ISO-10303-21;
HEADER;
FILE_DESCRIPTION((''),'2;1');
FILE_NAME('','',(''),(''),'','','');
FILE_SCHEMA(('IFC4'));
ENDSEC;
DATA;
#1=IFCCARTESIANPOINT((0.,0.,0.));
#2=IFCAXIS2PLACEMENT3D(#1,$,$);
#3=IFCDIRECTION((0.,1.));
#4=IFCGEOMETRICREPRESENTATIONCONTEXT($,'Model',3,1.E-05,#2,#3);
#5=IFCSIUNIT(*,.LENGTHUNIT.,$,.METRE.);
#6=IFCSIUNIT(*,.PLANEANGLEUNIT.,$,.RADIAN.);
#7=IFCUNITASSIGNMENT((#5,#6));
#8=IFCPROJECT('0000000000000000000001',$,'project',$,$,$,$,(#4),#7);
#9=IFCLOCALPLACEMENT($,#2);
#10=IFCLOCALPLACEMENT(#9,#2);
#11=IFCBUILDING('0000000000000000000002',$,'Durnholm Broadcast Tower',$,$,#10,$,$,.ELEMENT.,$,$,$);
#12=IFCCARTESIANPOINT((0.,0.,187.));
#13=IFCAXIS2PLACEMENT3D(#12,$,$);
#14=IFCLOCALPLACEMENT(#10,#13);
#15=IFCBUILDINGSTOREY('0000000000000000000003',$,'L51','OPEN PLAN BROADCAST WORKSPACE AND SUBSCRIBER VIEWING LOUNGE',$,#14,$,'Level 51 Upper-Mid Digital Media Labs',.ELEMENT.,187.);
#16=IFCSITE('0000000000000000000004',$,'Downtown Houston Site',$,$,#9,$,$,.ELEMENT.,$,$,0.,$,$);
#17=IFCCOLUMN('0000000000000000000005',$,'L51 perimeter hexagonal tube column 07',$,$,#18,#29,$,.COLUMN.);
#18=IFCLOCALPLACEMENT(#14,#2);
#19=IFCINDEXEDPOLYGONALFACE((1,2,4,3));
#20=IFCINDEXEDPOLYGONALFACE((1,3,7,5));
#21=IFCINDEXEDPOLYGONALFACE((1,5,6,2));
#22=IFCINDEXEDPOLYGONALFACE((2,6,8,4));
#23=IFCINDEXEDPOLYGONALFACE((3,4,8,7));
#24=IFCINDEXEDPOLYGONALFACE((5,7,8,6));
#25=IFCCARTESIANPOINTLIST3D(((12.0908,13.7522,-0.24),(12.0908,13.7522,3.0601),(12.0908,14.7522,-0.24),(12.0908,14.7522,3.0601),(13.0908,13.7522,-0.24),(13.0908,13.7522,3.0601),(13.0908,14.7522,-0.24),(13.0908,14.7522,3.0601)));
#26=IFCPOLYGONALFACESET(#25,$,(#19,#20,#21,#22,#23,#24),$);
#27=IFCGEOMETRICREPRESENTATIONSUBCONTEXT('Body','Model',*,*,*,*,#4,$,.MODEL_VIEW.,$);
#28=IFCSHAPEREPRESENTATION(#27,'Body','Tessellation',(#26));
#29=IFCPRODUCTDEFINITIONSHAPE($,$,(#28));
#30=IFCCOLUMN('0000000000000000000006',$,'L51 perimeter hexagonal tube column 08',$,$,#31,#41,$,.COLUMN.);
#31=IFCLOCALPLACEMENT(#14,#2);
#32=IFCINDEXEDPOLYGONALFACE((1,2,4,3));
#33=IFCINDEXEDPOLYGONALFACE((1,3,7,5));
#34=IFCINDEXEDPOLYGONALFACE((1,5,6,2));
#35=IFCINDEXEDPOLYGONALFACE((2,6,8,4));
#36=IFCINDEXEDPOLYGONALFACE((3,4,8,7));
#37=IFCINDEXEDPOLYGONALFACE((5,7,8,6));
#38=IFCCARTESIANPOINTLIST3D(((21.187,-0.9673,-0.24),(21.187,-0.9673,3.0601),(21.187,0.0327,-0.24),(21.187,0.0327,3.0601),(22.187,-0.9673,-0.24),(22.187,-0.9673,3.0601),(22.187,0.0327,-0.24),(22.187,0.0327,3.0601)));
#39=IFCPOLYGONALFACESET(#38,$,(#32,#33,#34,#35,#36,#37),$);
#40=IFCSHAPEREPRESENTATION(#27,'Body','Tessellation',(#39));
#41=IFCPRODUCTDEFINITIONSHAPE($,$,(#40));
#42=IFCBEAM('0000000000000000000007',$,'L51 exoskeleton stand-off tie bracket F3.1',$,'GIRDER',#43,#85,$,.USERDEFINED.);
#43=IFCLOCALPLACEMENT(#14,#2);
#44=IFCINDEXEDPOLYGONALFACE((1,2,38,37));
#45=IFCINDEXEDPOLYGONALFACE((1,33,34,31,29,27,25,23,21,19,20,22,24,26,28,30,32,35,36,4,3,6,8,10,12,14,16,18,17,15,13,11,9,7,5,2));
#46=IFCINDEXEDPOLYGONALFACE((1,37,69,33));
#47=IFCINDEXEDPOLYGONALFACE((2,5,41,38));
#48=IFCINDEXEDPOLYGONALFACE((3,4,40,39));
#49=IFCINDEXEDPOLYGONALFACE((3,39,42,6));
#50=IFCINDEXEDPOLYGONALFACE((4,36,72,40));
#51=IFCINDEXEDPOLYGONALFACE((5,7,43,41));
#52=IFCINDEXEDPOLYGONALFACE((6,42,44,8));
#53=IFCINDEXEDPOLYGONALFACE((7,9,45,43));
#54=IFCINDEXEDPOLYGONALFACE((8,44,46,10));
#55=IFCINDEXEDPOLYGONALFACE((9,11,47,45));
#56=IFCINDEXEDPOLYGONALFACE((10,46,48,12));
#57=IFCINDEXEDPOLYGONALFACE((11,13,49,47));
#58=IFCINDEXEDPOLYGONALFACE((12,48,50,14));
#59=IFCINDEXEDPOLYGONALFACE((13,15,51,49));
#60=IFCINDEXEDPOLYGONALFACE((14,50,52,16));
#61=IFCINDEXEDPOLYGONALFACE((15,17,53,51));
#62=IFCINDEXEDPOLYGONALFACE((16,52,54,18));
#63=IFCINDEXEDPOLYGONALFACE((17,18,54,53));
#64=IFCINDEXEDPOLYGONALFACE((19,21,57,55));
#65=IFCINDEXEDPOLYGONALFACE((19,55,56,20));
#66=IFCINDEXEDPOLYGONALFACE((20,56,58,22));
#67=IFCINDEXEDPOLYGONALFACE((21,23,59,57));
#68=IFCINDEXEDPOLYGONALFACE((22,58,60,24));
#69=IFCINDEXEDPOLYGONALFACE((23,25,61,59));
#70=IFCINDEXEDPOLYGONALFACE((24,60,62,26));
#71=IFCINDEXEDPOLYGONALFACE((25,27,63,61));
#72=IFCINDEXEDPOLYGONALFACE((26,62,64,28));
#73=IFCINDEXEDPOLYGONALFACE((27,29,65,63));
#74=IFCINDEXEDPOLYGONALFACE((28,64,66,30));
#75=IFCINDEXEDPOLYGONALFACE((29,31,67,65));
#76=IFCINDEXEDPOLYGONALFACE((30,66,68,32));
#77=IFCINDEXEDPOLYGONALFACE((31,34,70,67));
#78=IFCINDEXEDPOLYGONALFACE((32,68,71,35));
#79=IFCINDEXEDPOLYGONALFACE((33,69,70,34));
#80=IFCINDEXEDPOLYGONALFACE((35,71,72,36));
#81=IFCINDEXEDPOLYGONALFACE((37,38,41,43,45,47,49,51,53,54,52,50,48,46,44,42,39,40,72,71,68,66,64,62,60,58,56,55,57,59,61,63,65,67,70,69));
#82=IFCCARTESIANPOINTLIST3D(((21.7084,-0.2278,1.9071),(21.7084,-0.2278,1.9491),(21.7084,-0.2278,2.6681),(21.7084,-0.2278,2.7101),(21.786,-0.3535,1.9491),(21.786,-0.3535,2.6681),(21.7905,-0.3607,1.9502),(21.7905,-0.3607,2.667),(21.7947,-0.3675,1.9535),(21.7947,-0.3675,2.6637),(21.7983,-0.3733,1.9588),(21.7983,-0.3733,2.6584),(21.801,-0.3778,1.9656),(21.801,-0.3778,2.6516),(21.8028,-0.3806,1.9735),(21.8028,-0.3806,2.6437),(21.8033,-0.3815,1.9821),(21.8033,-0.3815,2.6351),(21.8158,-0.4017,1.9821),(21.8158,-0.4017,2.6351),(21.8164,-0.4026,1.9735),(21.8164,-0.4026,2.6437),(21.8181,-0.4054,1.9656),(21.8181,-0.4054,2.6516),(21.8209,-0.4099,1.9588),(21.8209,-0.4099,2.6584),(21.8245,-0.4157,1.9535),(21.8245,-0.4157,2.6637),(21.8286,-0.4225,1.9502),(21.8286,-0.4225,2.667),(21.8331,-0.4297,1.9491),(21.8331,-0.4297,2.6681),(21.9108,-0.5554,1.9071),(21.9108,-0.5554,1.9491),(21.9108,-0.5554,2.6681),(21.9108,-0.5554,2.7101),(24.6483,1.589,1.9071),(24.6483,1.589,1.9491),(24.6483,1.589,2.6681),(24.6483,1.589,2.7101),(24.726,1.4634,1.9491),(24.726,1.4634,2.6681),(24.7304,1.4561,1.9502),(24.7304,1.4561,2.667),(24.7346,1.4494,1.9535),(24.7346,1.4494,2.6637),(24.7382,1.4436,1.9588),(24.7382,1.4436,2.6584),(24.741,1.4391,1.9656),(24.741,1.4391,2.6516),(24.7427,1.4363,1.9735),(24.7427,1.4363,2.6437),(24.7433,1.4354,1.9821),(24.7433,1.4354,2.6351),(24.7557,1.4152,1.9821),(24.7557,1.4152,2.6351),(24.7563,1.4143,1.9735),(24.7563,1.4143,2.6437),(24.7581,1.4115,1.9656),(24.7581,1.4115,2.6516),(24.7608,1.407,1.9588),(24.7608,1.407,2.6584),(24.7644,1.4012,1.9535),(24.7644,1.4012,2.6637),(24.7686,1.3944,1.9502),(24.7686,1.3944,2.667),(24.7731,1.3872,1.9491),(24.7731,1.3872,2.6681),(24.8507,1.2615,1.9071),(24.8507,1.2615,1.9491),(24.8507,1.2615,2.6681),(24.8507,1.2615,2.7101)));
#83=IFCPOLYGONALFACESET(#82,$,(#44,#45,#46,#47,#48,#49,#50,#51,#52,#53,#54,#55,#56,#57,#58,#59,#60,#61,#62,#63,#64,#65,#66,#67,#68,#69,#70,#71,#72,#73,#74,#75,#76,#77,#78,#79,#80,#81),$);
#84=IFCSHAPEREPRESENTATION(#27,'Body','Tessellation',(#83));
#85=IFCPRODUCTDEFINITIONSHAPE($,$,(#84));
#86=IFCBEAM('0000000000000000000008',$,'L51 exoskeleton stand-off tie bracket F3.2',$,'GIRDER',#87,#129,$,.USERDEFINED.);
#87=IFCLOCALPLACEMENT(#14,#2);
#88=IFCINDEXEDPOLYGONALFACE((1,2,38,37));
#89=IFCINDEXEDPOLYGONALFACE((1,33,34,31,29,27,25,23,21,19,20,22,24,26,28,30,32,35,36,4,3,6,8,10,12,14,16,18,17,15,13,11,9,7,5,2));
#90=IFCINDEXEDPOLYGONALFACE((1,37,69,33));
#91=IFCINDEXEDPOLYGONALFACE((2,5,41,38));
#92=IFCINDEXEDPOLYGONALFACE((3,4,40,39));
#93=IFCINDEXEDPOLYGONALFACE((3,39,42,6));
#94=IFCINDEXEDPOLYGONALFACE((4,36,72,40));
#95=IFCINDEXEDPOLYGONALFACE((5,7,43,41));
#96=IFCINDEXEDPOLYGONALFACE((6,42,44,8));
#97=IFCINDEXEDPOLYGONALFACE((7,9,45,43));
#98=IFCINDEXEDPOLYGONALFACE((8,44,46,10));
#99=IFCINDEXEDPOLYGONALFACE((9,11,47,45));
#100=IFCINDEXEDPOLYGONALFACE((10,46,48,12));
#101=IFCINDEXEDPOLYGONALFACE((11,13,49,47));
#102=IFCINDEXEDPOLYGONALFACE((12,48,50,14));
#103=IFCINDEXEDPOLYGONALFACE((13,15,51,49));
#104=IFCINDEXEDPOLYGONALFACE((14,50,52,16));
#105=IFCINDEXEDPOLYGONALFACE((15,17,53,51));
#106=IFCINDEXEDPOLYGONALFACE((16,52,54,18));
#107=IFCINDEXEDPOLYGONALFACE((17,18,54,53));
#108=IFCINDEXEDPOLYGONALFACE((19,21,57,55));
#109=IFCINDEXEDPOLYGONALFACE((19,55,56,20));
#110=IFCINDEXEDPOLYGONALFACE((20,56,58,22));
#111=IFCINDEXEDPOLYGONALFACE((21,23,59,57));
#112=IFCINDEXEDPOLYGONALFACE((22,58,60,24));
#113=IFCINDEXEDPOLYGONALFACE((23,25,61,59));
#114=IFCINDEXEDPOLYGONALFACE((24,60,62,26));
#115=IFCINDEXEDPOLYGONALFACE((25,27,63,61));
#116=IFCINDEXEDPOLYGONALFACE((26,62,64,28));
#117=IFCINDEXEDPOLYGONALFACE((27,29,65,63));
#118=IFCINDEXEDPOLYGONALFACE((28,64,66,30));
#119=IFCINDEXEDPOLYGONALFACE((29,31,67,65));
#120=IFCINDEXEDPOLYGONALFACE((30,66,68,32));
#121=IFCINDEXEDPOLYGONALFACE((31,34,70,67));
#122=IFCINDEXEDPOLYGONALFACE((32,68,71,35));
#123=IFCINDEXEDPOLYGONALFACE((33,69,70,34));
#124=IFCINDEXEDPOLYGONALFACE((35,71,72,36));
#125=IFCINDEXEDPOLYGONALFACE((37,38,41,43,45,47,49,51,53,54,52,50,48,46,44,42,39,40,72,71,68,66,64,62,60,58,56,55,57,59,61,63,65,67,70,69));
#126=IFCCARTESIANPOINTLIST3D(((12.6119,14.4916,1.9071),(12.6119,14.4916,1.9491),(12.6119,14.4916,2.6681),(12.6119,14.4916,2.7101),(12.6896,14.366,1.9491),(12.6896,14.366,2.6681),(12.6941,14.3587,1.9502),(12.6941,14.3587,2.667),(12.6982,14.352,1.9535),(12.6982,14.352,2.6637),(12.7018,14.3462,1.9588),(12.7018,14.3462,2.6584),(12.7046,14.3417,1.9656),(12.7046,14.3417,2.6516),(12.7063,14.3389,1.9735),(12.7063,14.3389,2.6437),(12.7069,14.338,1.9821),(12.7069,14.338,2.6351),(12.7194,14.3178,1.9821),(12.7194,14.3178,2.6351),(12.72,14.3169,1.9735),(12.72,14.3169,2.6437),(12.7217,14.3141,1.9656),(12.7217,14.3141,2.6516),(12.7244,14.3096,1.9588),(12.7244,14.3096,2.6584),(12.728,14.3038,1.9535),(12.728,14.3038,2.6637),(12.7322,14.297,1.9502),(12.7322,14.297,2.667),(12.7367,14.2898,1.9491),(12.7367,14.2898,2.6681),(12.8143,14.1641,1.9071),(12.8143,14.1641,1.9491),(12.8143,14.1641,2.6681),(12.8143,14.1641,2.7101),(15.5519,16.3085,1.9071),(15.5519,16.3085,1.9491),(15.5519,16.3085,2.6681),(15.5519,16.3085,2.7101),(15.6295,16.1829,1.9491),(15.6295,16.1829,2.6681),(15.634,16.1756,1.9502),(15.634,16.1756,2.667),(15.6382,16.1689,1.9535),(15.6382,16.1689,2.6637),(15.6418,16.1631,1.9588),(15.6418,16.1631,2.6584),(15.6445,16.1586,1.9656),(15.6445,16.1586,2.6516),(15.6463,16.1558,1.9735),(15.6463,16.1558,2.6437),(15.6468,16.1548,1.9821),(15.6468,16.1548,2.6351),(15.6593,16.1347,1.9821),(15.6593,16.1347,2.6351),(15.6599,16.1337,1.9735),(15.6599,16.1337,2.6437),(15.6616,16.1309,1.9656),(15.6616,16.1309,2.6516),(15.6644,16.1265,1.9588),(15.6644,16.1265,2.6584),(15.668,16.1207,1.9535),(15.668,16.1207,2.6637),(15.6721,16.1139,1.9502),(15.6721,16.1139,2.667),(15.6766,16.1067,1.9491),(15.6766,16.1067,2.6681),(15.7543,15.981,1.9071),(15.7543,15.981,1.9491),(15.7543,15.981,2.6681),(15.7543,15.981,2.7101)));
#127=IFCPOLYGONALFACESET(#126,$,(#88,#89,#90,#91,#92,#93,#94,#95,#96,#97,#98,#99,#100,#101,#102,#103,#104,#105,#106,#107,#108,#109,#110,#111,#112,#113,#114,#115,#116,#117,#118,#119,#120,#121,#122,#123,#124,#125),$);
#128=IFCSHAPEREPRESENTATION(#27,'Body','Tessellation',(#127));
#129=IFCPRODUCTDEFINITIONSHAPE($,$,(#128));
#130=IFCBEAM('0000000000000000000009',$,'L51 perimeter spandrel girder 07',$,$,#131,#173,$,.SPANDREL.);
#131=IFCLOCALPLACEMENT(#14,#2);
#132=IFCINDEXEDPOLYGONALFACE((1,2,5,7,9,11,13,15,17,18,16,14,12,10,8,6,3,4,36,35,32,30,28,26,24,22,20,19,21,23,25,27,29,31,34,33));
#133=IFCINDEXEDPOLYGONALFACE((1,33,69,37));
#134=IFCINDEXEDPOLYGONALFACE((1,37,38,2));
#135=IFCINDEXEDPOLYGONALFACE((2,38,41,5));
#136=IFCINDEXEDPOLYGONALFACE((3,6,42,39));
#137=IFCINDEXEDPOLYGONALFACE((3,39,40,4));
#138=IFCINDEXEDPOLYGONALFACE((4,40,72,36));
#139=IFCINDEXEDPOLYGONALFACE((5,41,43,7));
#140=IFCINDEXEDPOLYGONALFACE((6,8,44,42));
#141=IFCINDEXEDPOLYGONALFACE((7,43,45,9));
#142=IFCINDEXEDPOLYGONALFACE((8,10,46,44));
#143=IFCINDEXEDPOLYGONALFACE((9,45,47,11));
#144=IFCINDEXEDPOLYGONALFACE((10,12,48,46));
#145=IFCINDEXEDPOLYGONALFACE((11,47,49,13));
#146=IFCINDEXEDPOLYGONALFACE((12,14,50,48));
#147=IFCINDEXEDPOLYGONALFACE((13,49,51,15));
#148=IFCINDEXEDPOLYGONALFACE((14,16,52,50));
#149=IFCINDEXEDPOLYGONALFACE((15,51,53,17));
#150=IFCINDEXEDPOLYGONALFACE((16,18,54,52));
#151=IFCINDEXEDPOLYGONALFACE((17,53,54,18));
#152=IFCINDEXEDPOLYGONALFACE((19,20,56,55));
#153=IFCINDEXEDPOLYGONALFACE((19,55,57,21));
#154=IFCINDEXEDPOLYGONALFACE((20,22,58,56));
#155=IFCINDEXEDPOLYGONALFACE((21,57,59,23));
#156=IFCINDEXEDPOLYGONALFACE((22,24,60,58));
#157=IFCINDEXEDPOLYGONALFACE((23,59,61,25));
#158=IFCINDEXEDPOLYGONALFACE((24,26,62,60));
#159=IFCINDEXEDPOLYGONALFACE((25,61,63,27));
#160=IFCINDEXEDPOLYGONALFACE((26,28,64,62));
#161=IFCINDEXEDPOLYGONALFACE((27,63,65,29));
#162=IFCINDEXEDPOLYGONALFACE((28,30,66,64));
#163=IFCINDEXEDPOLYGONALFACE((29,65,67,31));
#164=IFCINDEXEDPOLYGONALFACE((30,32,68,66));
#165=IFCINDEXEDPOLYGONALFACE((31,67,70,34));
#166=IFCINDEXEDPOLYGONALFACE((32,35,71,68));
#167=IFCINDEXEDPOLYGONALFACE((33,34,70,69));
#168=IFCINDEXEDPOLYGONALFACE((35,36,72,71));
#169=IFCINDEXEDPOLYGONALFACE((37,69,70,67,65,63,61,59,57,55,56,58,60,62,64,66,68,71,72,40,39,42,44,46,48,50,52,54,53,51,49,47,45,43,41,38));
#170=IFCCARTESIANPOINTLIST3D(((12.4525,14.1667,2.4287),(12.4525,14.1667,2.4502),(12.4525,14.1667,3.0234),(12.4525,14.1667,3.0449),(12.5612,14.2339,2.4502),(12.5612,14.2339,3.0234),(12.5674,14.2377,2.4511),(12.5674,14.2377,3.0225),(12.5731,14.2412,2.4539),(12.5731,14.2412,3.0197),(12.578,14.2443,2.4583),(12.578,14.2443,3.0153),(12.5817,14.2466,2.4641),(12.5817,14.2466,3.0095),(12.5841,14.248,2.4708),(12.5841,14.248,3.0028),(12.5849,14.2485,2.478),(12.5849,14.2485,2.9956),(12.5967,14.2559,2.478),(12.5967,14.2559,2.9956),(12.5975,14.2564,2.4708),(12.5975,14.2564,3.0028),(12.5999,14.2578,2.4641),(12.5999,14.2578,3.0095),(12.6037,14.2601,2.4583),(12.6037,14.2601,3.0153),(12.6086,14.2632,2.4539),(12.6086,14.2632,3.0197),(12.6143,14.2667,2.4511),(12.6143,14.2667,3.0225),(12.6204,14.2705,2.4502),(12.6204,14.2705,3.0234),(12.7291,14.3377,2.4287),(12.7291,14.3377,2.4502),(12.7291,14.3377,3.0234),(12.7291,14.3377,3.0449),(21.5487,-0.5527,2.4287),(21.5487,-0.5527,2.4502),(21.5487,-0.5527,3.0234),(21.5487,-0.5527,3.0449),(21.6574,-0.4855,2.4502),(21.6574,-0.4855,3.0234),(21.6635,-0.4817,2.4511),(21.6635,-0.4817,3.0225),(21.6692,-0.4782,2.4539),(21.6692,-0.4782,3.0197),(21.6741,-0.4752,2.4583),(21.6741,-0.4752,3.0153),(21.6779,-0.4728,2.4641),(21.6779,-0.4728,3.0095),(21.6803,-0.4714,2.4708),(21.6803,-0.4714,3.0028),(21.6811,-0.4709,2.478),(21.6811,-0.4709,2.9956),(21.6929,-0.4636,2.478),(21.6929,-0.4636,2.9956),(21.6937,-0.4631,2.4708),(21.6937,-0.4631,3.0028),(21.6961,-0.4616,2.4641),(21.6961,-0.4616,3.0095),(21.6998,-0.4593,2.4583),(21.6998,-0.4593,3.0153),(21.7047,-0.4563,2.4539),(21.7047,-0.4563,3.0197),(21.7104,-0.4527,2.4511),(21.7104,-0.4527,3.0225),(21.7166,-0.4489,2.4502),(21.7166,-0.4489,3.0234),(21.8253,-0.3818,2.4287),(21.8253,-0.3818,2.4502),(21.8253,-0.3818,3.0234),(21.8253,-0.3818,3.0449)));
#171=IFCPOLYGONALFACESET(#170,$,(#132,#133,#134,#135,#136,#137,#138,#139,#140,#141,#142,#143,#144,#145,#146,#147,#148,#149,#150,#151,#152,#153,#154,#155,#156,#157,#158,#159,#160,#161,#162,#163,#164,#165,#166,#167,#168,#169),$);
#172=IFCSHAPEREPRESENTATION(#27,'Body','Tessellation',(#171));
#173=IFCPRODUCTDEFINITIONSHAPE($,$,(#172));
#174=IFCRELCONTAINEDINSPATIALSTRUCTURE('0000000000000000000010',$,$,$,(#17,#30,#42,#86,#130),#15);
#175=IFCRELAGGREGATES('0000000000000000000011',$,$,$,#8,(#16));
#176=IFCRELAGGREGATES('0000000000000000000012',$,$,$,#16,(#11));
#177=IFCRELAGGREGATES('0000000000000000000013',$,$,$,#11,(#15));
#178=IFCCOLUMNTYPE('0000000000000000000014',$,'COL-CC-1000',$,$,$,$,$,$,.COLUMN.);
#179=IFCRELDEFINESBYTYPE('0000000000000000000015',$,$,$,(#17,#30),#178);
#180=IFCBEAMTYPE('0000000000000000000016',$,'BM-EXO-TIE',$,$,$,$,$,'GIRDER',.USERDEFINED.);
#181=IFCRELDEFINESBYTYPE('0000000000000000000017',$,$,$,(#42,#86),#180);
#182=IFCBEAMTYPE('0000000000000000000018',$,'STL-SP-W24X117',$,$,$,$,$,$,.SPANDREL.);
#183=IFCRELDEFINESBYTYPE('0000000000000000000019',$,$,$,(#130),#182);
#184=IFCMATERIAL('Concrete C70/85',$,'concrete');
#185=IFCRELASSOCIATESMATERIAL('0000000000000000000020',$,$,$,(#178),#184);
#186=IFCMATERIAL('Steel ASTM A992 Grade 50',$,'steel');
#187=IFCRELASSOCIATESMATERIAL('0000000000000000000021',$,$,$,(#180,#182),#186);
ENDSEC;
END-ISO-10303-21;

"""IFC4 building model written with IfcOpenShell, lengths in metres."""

from ifc_helpers import new_model, si_unit, direction, frame, origin, origin_2d, place, context, subcontext, project, spatial, rectangle, i_section, extrude, source, transform, mapped, material, material_profile, profile_set, type_object, type_shapes, element, save


model = new_model("IFC4")

# Units and contexts
model_context = context("Model", 3, precision=1e-05, world=origin(), true_north=direction((0.0, 1.0)))
body_context = subcontext(model_context, "Body", "Model", "MODEL_VIEW")
ifc_project = project(units=[si_unit("LENGTHUNIT", "METRE"), si_unit("PLANEANGLEUNIT", "RADIAN")], contexts=[model_context])

# Site, building, storey
site_placement = place(None, origin())
site = spatial("IfcSite", under=ifc_project, at=site_placement, Name="Downtown Houston Site", CompositionType="ELEMENT", RefElevation=0.0)
building_placement = place(site_placement, origin())
building = spatial("IfcBuilding", under=site, at=building_placement, Name="Durnholm Broadcast Tower", CompositionType="ELEMENT")
storey_placement = place(building_placement, frame((0.0, 0.0, 187.0)))
storey = spatial("IfcBuildingStorey", under=building, at=storey_placement, Name="L51", Description="OPEN PLAN BROADCAST WORKSPACE AND SUBSCRIBER VIEWING LOUNGE", LongName="Level 51 Upper-Mid Digital Media Labs", CompositionType="ELEMENT", Elevation=187.0)

# Columns
ifc_material_1 = material(Name="Concrete C70/85", Category="concrete")
ifc_material_profile_1 = material_profile(ifc_material_1, rectangle(XDim=1.0, YDim=1.0, at=origin_2d()), Name="RC1000X1000")
ifc_profile_set_1 = profile_set([ifc_material_profile_1], Name="Concrete C70/85")
column_type = type_object("IfcColumnType", Name="COL-CC-1000", PredefinedType="COLUMN", material=ifc_profile_set_1)
shared_shape_1 = source(origin(), body_context, "Body", "SweptSolid", [
    extrude(rectangle(XDim=1.0, YDim=1.0, at=origin_2d()), origin(), (0.0, 0.0, 1.0), 3.3),
])
type_shapes(column_type, [shared_shape_1])
for number, where, z_axis, x_axis, name in (
    (1, (12.5908, 14.2522, -0.24), (0.0, 0.0, 1.0), (1.0, 0.0, 0.0), "L51 perimeter hexagonal tube column 07"),
    (2, (21.687, -0.4673, -0.24), (0.0, 0.0, 1.0), (1.0, 0.0, 0.0), "L51 perimeter hexagonal tube column 08"),
):
    element("IfcColumn", number, at=place(storey_placement, frame(where, z_axis=z_axis, x_axis=x_axis)), inside=storey, type_object=column_type, Name=name, PredefinedType="COLUMN", context=body_context, shape_type="MappedRepresentation", body=[
        mapped(shared_shape_1, transform((0.0, 0.0, 0.0), x_axis=(1.0, 0.0, 0.0), y_axis=(0.0, 1.0, 0.0), z_axis=(0.0, 0.0, 1.0), scale=1.0)),
    ])

# Beams
ifc_material_2 = material(Name="Steel ASTM A992 Grade 50", Category="steel")
ifc_material_profile_2 = material_profile(ifc_material_2, i_section(OverallWidth=0.385, OverallDepth=0.803, WebThickness=0.0237, FlangeThickness=0.042, FilletRadius=0.033, at=origin_2d()), Name="W30X261")
ifc_profile_set_2 = profile_set([ifc_material_profile_2], Name="Steel ASTM A992 Grade 50")
beam_type_1 = type_object("IfcBeamType", Name="BM-EXO-TIE", ElementType="GIRDER", PredefinedType="USERDEFINED", material=ifc_profile_set_2)
shared_shape_2 = source(origin(), body_context, "Body", "SweptSolid", [
    extrude(i_section(OverallWidth=0.385, OverallDepth=0.803, WebThickness=0.0237, FlangeThickness=0.042, FilletRadius=0.033, at=origin_2d()), origin(), (0.0, 0.0, 1.0), 3.4561),
])
for number, where, z_axis, x_axis, name in (
    (3, (21.8096, -0.3916, 2.3086), (0.850662, 0.525712, 0.0), (-0.525712, 0.850662, 0.0), "L51 exoskeleton stand-off tie bracket F3.1"),
    (4, (12.7131, 14.3279, 2.3086), (0.850662, 0.525712, 0.0), (-0.525712, 0.850662, 0.0), "L51 exoskeleton stand-off tie bracket F3.2"),
):
    element("IfcBeam", number, at=place(storey_placement, frame(where, z_axis=z_axis, x_axis=x_axis)), inside=storey, type_object=beam_type_1, Name=name, ObjectType="GIRDER", PredefinedType="USERDEFINED", context=body_context, shape_type="MappedRepresentation", body=[
        mapped(shared_shape_2, transform((0.0, 0.0, 0.0), x_axis=(1.0, 0.0, 0.0), y_axis=(0.0, 1.0, 0.0), z_axis=(0.0, 0.0, 1.0), scale=1.0)),
    ])
ifc_material_profile_3 = material_profile(ifc_material_2, i_section(OverallWidth=0.3252, OverallDepth=0.6162, WebThickness=0.0139, FlangeThickness=0.0215, FilletRadius=0.0278, at=origin_2d()), Name="W24X117")
ifc_profile_set_3 = profile_set([ifc_material_profile_3], Name="Steel ASTM A992 Grade 50")
beam_type_2 = type_object("IfcBeamType", Name="STL-SP-W24X117", PredefinedType="SPANDREL", material=ifc_profile_set_3)
shared_shape_3 = source(origin(), body_context, "Body", "SweptSolid", [
    extrude(i_section(OverallWidth=0.3252, OverallDepth=0.6162, WebThickness=0.0139, FlangeThickness=0.0215, FilletRadius=0.0278, at=origin_2d()), origin(), (0.0, 0.0, 1.0), 17.3032),
])
beam_1_placement = place(storey_placement, frame((12.5908, 14.2522, 2.7368), z_axis=(0.525691, -0.850675, 0.0), x_axis=(0.850675, 0.525691, 0.0)))
element("IfcBeam", 5, at=beam_1_placement, inside=storey, type_object=beam_type_2, Name="L51 perimeter spandrel girder 07", PredefinedType="SPANDREL", context=body_context, shape_type="MappedRepresentation", body=[
    mapped(shared_shape_3, transform((0.0, 0.0, 0.0), x_axis=(1.0, 0.0, 0.0), y_axis=(0.0, 1.0, 0.0), z_axis=(0.0, 0.0, 1.0), scale=1.0)),
])

save(model, "model.ifc")
